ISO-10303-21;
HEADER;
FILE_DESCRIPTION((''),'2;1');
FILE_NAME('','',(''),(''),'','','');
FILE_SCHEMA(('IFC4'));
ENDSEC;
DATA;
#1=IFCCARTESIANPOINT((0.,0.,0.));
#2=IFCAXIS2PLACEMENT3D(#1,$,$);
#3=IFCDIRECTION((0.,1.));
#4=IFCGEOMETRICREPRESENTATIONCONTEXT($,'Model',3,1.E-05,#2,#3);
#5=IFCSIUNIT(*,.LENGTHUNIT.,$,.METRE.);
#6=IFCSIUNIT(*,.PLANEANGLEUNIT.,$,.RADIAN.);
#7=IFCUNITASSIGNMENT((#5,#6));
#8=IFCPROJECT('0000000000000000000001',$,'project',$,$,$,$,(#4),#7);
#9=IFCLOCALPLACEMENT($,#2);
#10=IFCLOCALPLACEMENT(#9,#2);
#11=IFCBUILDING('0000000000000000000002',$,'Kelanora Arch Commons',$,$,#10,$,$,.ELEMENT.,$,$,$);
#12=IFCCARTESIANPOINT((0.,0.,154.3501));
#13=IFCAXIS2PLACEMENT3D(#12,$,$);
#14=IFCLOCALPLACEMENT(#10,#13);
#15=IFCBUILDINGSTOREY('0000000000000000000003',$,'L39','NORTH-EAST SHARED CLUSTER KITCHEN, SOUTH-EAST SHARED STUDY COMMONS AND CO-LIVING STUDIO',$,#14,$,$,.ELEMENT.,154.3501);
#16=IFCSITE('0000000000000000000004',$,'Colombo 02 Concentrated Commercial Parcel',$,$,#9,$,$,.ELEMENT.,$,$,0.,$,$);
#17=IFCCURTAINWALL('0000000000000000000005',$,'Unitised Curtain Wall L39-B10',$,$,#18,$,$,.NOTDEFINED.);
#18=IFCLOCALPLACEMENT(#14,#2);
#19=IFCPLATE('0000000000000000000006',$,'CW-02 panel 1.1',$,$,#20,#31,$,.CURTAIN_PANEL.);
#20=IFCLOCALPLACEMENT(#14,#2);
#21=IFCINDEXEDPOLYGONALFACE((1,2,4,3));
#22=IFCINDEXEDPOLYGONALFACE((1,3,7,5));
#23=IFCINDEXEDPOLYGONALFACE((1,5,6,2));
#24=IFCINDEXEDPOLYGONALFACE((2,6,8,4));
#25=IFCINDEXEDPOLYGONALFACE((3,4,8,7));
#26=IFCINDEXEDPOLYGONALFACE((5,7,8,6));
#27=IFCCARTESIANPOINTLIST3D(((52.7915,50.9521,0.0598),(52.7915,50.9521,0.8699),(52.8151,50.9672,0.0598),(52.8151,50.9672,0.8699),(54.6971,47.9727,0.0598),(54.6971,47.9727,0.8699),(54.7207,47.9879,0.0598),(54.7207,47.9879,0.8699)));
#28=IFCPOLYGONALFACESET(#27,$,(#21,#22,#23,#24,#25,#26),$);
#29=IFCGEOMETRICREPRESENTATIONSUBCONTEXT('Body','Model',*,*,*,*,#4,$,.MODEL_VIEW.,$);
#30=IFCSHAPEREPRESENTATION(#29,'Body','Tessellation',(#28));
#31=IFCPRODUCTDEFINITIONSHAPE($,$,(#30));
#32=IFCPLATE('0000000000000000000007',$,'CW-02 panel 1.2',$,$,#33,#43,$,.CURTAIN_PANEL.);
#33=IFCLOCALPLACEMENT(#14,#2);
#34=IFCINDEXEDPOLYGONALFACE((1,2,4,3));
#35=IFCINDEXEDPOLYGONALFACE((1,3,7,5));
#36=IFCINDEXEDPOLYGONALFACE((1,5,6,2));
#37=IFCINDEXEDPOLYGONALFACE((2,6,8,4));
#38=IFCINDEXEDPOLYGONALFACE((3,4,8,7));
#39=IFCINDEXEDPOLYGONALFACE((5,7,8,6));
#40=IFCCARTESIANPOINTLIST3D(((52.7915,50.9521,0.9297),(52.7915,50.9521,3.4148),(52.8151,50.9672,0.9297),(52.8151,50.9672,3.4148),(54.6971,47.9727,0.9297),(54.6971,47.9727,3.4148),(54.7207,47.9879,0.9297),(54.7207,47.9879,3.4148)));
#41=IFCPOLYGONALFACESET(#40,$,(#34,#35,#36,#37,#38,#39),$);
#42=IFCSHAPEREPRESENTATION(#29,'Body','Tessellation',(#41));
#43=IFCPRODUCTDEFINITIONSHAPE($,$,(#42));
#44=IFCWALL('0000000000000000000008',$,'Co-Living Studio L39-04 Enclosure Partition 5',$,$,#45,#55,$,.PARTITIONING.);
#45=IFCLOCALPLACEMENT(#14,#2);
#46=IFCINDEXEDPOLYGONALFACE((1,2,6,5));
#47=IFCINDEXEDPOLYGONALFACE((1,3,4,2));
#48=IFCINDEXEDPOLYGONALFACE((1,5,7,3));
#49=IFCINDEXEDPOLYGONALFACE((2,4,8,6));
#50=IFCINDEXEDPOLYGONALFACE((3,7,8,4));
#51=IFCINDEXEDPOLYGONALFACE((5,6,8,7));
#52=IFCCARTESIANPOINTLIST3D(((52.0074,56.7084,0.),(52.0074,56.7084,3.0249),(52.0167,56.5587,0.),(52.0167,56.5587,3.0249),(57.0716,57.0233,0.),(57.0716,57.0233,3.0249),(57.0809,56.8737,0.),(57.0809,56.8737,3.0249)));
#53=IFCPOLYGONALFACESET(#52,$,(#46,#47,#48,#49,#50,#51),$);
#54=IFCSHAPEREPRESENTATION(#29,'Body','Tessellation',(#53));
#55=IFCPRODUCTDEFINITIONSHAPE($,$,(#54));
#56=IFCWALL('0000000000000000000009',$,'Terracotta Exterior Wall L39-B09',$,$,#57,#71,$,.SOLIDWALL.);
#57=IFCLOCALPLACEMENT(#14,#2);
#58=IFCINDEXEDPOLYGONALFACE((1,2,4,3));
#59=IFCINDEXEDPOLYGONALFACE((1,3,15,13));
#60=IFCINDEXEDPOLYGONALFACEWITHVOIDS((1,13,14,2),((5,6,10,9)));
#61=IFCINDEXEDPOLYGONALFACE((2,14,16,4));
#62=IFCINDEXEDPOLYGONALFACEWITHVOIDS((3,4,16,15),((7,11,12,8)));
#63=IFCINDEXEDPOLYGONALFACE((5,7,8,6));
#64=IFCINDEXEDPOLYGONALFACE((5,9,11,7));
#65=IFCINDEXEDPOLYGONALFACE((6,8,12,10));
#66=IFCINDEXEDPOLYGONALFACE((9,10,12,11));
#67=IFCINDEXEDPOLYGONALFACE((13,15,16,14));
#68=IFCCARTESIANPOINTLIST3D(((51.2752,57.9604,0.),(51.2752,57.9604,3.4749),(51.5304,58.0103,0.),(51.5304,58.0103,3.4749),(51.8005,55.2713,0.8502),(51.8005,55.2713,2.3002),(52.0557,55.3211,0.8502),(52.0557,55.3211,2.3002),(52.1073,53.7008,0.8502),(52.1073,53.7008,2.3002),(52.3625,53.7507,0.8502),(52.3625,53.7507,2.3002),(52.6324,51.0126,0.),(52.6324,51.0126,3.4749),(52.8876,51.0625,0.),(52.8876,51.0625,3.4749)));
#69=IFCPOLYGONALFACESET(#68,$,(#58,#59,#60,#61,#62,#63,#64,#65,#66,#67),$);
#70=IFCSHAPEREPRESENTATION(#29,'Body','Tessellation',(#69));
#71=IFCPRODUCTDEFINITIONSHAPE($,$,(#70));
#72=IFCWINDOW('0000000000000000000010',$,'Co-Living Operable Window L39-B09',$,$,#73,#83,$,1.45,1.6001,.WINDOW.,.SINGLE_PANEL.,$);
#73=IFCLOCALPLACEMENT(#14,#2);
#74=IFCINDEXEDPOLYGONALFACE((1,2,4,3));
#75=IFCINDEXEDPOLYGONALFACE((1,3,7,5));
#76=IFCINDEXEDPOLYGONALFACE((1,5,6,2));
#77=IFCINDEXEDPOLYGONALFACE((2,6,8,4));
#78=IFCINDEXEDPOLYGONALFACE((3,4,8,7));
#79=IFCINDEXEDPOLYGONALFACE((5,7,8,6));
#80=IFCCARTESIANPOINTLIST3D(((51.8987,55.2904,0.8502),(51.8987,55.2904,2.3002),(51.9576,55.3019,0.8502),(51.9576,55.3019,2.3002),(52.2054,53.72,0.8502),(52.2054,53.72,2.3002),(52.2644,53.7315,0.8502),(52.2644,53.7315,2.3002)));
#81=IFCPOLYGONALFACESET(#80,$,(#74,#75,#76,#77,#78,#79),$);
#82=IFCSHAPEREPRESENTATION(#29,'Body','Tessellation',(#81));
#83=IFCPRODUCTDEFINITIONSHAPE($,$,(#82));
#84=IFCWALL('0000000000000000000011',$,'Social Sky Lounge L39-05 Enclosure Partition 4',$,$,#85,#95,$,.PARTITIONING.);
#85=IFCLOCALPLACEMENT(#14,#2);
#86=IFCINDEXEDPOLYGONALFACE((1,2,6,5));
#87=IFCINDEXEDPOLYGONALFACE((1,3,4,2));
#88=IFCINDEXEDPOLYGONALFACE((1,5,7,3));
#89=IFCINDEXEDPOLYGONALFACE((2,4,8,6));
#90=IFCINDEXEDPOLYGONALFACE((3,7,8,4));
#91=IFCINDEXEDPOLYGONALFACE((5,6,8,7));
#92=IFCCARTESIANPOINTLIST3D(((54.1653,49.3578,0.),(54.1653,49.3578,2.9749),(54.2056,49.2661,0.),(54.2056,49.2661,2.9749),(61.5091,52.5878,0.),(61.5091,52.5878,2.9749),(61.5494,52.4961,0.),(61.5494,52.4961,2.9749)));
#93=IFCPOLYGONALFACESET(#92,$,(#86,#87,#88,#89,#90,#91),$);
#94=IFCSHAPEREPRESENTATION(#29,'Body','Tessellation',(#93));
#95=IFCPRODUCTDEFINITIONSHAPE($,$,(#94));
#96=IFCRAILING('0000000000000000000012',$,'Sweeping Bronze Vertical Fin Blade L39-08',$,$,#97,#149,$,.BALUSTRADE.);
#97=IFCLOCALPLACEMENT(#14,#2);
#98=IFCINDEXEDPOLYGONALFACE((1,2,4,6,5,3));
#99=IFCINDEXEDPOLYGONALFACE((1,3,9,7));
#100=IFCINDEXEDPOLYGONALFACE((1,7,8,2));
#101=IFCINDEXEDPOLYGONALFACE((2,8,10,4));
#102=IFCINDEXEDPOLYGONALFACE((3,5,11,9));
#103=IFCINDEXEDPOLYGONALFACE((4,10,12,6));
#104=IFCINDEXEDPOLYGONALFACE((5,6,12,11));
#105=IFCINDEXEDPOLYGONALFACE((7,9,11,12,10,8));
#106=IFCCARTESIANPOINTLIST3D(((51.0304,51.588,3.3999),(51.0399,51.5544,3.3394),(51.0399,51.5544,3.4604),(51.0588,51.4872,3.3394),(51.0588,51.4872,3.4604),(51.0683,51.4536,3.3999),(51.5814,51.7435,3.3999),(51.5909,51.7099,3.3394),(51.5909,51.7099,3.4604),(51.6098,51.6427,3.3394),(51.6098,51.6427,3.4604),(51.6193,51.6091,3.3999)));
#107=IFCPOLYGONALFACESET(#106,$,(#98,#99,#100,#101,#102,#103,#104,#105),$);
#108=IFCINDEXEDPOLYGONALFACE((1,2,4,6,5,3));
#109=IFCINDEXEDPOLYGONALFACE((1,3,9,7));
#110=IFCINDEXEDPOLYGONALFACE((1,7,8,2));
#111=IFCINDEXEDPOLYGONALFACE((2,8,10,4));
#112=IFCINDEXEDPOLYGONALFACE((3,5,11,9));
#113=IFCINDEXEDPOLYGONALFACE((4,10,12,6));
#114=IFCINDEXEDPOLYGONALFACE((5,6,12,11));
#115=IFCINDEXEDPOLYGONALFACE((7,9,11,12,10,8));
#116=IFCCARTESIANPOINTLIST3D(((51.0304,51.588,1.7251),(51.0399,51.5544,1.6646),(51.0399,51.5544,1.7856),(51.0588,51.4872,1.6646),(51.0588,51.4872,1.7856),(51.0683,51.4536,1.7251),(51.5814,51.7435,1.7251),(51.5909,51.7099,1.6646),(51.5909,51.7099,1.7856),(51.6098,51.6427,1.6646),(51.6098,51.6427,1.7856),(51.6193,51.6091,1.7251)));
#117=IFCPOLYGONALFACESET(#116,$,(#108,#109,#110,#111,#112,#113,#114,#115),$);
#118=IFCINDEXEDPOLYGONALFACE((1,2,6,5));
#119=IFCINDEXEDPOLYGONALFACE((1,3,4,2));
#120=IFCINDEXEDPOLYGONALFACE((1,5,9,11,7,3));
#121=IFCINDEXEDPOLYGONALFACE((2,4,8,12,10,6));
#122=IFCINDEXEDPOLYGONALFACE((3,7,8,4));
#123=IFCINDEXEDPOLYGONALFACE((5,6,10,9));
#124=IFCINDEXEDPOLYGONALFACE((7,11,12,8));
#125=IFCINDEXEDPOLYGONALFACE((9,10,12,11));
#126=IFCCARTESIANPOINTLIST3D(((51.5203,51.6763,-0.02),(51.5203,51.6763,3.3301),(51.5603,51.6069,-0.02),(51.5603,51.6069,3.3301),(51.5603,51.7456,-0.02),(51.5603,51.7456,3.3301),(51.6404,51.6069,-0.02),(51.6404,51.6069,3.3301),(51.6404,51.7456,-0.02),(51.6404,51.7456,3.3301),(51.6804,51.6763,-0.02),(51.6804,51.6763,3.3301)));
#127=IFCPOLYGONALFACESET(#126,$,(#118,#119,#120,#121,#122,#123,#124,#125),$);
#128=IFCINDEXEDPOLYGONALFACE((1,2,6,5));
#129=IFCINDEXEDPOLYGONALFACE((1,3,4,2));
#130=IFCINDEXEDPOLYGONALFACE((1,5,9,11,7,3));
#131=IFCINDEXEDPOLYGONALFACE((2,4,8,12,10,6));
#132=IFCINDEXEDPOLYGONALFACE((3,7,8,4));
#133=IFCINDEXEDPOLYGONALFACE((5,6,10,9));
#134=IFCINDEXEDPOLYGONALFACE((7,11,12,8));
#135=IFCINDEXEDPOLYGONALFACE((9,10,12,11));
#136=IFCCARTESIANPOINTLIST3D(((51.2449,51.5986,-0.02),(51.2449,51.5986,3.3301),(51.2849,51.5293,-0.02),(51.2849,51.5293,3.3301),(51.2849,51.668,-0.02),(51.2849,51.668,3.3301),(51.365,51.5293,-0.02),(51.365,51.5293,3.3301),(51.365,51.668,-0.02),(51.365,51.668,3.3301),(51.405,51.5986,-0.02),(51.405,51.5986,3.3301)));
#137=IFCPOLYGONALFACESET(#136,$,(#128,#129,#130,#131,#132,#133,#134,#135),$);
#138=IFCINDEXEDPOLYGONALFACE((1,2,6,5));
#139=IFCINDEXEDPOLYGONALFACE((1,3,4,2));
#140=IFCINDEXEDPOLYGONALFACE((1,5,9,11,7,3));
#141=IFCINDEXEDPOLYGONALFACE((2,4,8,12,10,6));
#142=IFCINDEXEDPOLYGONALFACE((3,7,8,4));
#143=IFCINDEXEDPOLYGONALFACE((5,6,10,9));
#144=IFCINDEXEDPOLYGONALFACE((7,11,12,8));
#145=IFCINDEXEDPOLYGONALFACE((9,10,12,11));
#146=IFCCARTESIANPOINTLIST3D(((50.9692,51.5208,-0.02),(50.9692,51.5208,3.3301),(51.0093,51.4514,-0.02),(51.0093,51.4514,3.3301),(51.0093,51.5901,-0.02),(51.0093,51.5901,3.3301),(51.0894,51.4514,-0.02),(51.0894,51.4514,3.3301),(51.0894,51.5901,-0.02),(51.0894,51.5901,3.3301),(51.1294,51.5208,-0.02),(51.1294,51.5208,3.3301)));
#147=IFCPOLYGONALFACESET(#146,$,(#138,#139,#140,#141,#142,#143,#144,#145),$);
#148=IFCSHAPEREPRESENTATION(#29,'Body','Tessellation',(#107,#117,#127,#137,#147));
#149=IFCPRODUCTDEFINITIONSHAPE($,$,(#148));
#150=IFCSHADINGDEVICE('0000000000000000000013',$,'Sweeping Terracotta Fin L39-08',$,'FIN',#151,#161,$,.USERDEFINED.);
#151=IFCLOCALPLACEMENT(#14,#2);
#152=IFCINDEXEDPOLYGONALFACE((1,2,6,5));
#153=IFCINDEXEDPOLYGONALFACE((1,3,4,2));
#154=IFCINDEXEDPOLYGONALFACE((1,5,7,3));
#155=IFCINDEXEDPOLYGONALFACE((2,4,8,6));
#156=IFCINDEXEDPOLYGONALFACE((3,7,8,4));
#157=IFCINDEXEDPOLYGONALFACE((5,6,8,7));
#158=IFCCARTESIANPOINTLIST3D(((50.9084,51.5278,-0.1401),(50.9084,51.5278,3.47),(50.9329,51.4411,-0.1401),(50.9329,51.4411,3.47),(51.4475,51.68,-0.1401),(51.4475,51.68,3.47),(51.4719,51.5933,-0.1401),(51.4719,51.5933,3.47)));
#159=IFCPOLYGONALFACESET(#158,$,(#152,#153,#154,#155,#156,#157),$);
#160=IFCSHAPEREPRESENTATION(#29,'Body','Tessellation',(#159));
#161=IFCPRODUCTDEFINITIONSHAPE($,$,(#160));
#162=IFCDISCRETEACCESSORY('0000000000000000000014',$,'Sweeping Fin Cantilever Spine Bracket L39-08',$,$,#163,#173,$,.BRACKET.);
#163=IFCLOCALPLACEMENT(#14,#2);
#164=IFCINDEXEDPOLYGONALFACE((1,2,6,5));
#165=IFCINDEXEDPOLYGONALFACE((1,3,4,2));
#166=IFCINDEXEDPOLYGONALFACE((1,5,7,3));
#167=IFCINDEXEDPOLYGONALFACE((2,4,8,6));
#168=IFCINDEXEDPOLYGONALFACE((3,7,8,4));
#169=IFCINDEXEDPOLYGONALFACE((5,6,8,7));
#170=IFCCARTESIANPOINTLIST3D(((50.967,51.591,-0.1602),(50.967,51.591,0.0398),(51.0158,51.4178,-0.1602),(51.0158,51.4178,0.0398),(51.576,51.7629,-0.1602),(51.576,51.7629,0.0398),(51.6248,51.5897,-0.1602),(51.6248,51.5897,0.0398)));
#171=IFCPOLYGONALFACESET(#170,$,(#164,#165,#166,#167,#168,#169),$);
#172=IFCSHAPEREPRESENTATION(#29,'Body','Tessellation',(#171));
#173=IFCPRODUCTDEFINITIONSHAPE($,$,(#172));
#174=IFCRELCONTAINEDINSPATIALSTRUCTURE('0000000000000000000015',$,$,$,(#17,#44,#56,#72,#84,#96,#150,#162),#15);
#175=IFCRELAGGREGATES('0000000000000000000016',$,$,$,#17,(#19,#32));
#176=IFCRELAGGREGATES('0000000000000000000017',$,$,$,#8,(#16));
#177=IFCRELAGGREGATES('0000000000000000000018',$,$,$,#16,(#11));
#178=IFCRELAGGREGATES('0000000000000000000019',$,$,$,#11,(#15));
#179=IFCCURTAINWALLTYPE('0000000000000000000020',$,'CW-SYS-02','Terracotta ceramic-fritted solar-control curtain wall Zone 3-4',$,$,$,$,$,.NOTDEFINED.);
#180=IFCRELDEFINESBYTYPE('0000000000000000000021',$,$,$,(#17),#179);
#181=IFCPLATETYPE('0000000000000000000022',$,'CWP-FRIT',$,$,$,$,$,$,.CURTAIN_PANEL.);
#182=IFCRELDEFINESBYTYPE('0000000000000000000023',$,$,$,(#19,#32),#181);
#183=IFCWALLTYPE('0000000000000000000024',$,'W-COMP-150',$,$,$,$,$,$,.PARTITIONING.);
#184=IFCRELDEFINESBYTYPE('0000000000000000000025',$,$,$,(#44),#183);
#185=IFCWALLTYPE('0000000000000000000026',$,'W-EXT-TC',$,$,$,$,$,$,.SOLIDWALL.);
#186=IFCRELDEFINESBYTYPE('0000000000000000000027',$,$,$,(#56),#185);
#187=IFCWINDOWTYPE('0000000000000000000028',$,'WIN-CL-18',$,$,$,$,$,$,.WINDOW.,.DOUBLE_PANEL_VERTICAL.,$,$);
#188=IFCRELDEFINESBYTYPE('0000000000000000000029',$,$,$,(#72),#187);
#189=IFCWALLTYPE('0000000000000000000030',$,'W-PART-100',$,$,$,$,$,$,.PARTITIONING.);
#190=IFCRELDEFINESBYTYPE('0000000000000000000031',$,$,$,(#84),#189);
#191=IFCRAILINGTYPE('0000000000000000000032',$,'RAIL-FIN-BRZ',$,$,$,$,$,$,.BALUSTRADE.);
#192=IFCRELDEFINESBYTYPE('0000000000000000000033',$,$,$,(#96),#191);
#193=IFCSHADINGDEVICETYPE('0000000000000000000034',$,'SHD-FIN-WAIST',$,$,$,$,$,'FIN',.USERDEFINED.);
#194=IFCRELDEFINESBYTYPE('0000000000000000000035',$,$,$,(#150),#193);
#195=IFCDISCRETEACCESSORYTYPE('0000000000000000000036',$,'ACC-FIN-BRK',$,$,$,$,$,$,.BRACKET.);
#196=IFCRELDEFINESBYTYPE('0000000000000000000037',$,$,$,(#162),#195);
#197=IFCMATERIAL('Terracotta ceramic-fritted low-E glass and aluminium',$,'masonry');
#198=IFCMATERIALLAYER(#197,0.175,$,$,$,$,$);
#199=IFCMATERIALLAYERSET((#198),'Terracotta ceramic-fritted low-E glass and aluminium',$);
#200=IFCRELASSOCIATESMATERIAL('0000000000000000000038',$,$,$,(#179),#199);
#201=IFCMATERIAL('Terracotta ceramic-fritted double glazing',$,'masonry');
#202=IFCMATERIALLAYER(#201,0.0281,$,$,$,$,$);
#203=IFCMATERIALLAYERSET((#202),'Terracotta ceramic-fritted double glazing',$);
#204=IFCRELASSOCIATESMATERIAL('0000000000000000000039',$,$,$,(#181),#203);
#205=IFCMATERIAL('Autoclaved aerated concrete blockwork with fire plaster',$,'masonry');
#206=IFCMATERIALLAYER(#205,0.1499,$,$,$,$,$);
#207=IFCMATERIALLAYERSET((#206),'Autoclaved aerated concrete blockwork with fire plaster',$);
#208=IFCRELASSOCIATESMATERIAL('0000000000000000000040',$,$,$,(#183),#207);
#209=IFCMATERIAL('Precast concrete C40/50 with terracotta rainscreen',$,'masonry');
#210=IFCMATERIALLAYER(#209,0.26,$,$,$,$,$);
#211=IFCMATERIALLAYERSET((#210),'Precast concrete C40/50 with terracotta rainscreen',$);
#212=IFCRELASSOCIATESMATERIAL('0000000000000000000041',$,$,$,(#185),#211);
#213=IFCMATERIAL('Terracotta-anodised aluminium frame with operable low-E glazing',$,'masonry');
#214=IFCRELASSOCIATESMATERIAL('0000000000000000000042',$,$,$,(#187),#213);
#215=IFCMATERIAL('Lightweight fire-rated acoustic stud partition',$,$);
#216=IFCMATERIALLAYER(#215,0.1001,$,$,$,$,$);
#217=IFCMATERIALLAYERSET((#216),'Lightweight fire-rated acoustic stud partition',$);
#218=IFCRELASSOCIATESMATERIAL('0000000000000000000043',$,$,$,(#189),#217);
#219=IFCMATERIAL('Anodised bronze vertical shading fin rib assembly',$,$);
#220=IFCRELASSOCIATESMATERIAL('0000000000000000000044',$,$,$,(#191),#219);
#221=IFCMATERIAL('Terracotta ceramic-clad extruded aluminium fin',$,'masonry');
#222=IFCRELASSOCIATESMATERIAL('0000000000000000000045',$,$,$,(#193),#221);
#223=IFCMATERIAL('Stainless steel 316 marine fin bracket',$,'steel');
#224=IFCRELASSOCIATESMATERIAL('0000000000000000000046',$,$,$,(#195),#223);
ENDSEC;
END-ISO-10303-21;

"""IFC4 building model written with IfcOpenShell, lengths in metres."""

from ifc_helpers import new_model, si_unit, direction, frame, frame_2d, origin, origin_2d, place, context, subcontext, project, spatial, polyline, rectangle, outline, extrude, source, transform, mapped, material, layer, layer_set, type_object, element, fill, aggregate, save


model = new_model("IFC4")

# Units and contexts
model_context = context("Model", 3, precision=1e-05, world=origin(), true_north=direction((0.0, 1.0)))
body_context = subcontext(model_context, "Body", "Model", "MODEL_VIEW")
ifc_project = project(units=[si_unit("LENGTHUNIT", "METRE"), si_unit("PLANEANGLEUNIT", "RADIAN")], contexts=[model_context])

# Site, building, storey
site_placement = place(None, origin())
site = spatial("IfcSite", under=ifc_project, at=site_placement, Name="Colombo 02 Concentrated Commercial Parcel", CompositionType="ELEMENT", RefElevation=0.0)
building_placement = place(site_placement, origin())
building = spatial("IfcBuilding", under=site, at=building_placement, Name="Kelanora Arch Commons", CompositionType="ELEMENT")
storey_placement = place(building_placement, frame((0.0, 0.0, 154.3501)))
storey = spatial("IfcBuildingStorey", under=building, at=storey_placement, Name="L39", Description="NORTH-EAST SHARED CLUSTER KITCHEN, SOUTH-EAST SHARED STUDY COMMONS AND CO-LIVING STUDIO", CompositionType="ELEMENT", Elevation=154.3501)

# Curtain wall
ifc_material_1 = material(Name="Terracotta ceramic-fritted low-E glass and aluminium", Category="masonry")
ifc_layer_1 = layer(ifc_material_1, 0.175)
ifc_layer_set_1 = layer_set([ifc_layer_1], Name="Terracotta ceramic-fritted low-E glass and aluminium")
curtain_wall_type = type_object("IfcCurtainWallType", Name="CW-SYS-02", Description="Terracotta ceramic-fritted solar-control curtain wall Zone 3-4", PredefinedType="NOTDEFINED", material=ifc_layer_set_1)
curtain_wall_placement = place(storey_placement, origin())
curtain_wall = element("IfcCurtainWall", 1, at=curtain_wall_placement, inside=storey, type_object=curtain_wall_type, Name="Unitised Curtain Wall L39-B10", PredefinedType="NOTDEFINED")

# Plates
ifc_material_2 = material(Name="Terracotta ceramic-fritted double glazing", Category="masonry")
ifc_layer_2 = layer(ifc_material_2, 0.0281)
ifc_layer_set_2 = layer_set([ifc_layer_2], Name="Terracotta ceramic-fritted double glazing")
plate_type = type_object("IfcPlateType", Name="CWP-FRIT", PredefinedType="CURTAIN_PANEL", material=ifc_layer_set_2)
shared_shape_1 = source(origin(), body_context, "Body", "SweptSolid", [
    extrude(rectangle(XDim=3.5366, YDim=0.0281, at=origin_2d()), origin(), (0.0, 0.0, 1.0), 0.8101),
])
plate_1_placement = place(storey_placement, frame((53.7561, 49.47, 0.0598), z_axis=(0.0, 0.0, 1.0), x_axis=(0.538817, -0.842423, 0.0)))
plate_1 = element("IfcPlate", 2, at=plate_1_placement, type_object=plate_type, Name="CW-02 panel 1.1", PredefinedType="CURTAIN_PANEL", context=body_context, shape_type="MappedRepresentation", body=[
    mapped(shared_shape_1, transform((0.0, 0.0, 0.0), scale=1.0)),
])
shared_shape_2 = source(origin(), body_context, "Body", "SweptSolid", [
    extrude(rectangle(XDim=3.5366, YDim=0.0281, at=origin_2d()), origin(), (0.0, 0.0, 1.0), 2.4851),
])
plate_2_placement = place(storey_placement, frame((53.7561, 49.47, 0.9297), z_axis=(0.0, 0.0, 1.0), x_axis=(0.538817, -0.842423, 0.0)))
plate_2 = element("IfcPlate", 3, at=plate_2_placement, type_object=plate_type, Name="CW-02 panel 1.2", PredefinedType="CURTAIN_PANEL", context=body_context, shape_type="MappedRepresentation", body=[
    mapped(shared_shape_2, transform((0.0, 0.0, 0.0), scale=1.0)),
])
aggregate(curtain_wall, [plate_1, plate_2])

# Wall
ifc_material_3 = material(Name="Autoclaved aerated concrete blockwork with fire plaster", Category="masonry")
ifc_layer_3 = layer(ifc_material_3, 0.1499)
ifc_layer_set_3 = layer_set([ifc_layer_3], Name="Autoclaved aerated concrete blockwork with fire plaster")
wall_type_1 = type_object("IfcWallType", Name="W-COMP-150", PredefinedType="PARTITIONING", material=ifc_layer_set_3)
wall_1_placement = place(storey_placement, frame((52.012, 56.6335, 0.0), z_axis=(0.0, 0.0, 1.0), x_axis=(0.998072, 0.06207, 0.0)))
element("IfcWall", 4, at=wall_1_placement, inside=storey, type_object=wall_type_1, Name="Co-Living Studio L39-04 Enclosure Partition 5", PredefinedType="PARTITIONING", context=body_context, shape_type="SweptSolid", body=[
    extrude(rectangle(XDim=5.074, YDim=0.1499, at=frame_2d((2.5371, 0.0))), origin(), (0.0, 0.0, 1.0), 3.0249),
])

# Wall, opening, window
ifc_material_4 = material(Name="Precast concrete C40/50 with terracotta rainscreen", Category="masonry")
ifc_layer_4 = layer(ifc_material_4, 0.26)
ifc_layer_set_4 = layer_set([ifc_layer_4], Name="Precast concrete C40/50 with terracotta rainscreen")
wall_type_2 = type_object("IfcWallType", Name="W-EXT-TC", PredefinedType="SOLIDWALL", material=ifc_layer_set_4)
wall_2_placement = place(storey_placement, frame((51.4028, 57.9854, 0.0), z_axis=(0.0, 0.0, 1.0), x_axis=(0.191717, -0.98145, 0.0)))
wall_2 = element("IfcWall", 5, at=wall_2_placement, inside=storey, type_object=wall_type_2, Name="Terracotta Exterior Wall L39-B09", PredefinedType="SOLIDWALL", context=body_context, shape_type="SweptSolid", body=[
    extrude(rectangle(XDim=7.0791, YDim=0.26, at=frame_2d((3.5396, 0.0))), origin(), (0.0, 0.0, 1.0), 3.4749),
])
opening_placement = place(wall_2_placement, frame((2.74, 0.0, 0.8501)))
opening = element("IfcOpeningElement", 6, at=opening_placement, cuts=wall_2, PredefinedType="OPENING", context=body_context, shape_type="SweptSolid", body=[
    extrude(rectangle(XDim=1.6001, YDim=1.45, at=frame_2d((0.8, 0.7251))), frame((0.0, 0.1401, 0.0), z_axis=(0.0, -1.0, 0.0), x_axis=(1.0, 0.0, 0.0)), (0.0, 0.0, 1.0), 0.28),
])
ifc_material_5 = material(Name="Terracotta-anodised aluminium frame with operable low-E glazing", Category="masonry")
window_type = type_object("IfcWindowType", Name="WIN-CL-18", PartitioningType="DOUBLE_PANEL_VERTICAL", PredefinedType="WINDOW", material=ifc_material_5)
window_placement = place(opening_placement, origin())
window = element("IfcWindow", 7, at=window_placement, inside=storey, type_object=window_type, Name="Co-Living Operable Window L39-B09", OverallHeight=1.45, OverallWidth=1.6001, PartitioningType="SINGLE_PANEL", PredefinedType="WINDOW", context=body_context, shape_type="SweptSolid", body=[
    extrude(rectangle(XDim=1.6001, YDim=1.45, at=frame_2d((0.8, 0.7251))), frame((0.0, 0.03, 0.0), z_axis=(0.0, -1.0, 0.0), x_axis=(1.0, 0.0, 0.0)), (0.0, 0.0, 1.0), 0.0601),
])
fill(opening, window)

# Wall
ifc_material_6 = material(Name="Lightweight fire-rated acoustic stud partition")
ifc_layer_5 = layer(ifc_material_6, 0.1001)
ifc_layer_set_5 = layer_set([ifc_layer_5], Name="Lightweight fire-rated acoustic stud partition")
wall_type_3 = type_object("IfcWallType", Name="W-PART-100", PredefinedType="PARTITIONING", material=ifc_layer_set_5)
wall_3_placement = place(storey_placement, frame((54.1855, 49.312, 0.0), z_axis=(0.0, 0.0, 1.0), x_axis=(0.915373, 0.402606, 0.0)))
element("IfcWall", 8, at=wall_3_placement, inside=storey, type_object=wall_type_3, Name="Social Sky Lounge L39-05 Enclosure Partition 4", PredefinedType="PARTITIONING", context=body_context, shape_type="SweptSolid", body=[
    extrude(rectangle(XDim=8.0227, YDim=0.1001, at=frame_2d((4.0112, 0.0))), origin(), (0.0, 0.0, 1.0), 2.9749),
])

# Railing
ifc_material_7 = material(Name="Anodised bronze vertical shading fin rib assembly")
railing_type = type_object("IfcRailingType", Name="RAIL-FIN-BRZ", PredefinedType="BALUSTRADE", material=ifc_material_7)
railing_placement = place(storey_placement, frame((51.6003, 51.6763, -0.02)))
element("IfcRailing", 9, at=railing_placement, inside=storey, type_object=railing_type, Name="Sweeping Bronze Vertical Fin Blade L39-08", PredefinedType="BALUSTRADE", context=body_context, shape_type="SweptSolid", body=[
    extrude(outline(polyline([(0.0698, 0.0), (0.0349, 0.0605), (-0.0349, 0.0605), (-0.0698, 0.0), (-0.0349, -0.0605), (0.0349, -0.0605), (0.0698, 0.0)])), frame((0.0, 0.0, 3.4199), z_axis=(-0.962404, -0.271622, 0.0), x_axis=(0.271622, -0.962404, 0.0)), (0.0, 0.0, 1.0), 0.5725),
    extrude(outline(polyline([(0.0698, 0.0), (0.0349, 0.0605), (-0.0349, 0.0605), (-0.0698, 0.0), (-0.0349, -0.0605), (0.0349, -0.0605), (0.0698, 0.0)])), frame((0.0, 0.0, 1.7451), z_axis=(-0.962404, -0.271622, 0.0), x_axis=(0.271622, -0.962404, 0.0)), (0.0, 0.0, 1.0), 0.5725),
    extrude(outline(polyline([(0.0801, 0.0), (0.04, 0.0693), (-0.04, 0.0693), (-0.0801, 0.0), (-0.04, -0.0693), (0.04, -0.0693), (0.0801, 0.0)])), origin(), (0.0, 0.0, 1.0), 3.3501),
    extrude(outline(polyline([(0.0801, 0.0), (0.04, 0.0693), (-0.04, 0.0693), (-0.0801, 0.0), (-0.04, -0.0693), (0.04, -0.0693), (0.0801, 0.0)])), frame((-0.2754, -0.0776, 0.0)), (0.0, 0.0, 1.0), 3.3501),
    extrude(outline(polyline([(0.0801, 0.0), (0.04, 0.0693), (-0.04, 0.0693), (-0.0801, 0.0), (-0.04, -0.0693), (0.04, -0.0693), (0.0801, 0.0)])), frame((-0.551, -0.1555, 0.0)), (0.0, 0.0, 1.0), 3.3501),
])

# Shading device
ifc_material_8 = material(Name="Terracotta ceramic-clad extruded aluminium fin", Category="masonry")
shading_device_type = type_object("IfcShadingDeviceType", Name="SHD-FIN-WAIST", ElementType="FIN", PredefinedType="USERDEFINED", material=ifc_material_8)
shared_shape_3 = source(origin(), body_context, "Body", "SweptSolid", [
    extrude(rectangle(XDim=0.5601, YDim=0.0901, at=origin_2d()), origin(), (0.0, 0.0, 1.0), 3.6101),
])
shading_device_placement = place(storey_placement, frame((51.1902, 51.5605, -0.1401), z_axis=(0.0, 0.0, 1.0), x_axis=(-0.962408, -0.271608, 0.0)))
element("IfcShadingDevice", 10, at=shading_device_placement, inside=storey, type_object=shading_device_type, Name="Sweeping Terracotta Fin L39-08", ObjectType="FIN", PredefinedType="USERDEFINED", context=body_context, shape_type="MappedRepresentation", body=[
    mapped(shared_shape_3, transform((0.0, 0.0, 0.0), scale=1.0)),
])

# Discrete accessory
ifc_material_9 = material(Name="Stainless steel 316 marine fin bracket", Category="steel")
discrete_accessory_type = type_object("IfcDiscreteAccessoryType", Name="ACC-FIN-BRK", PredefinedType="BRACKET", material=ifc_material_9)
shared_shape_4 = source(origin(), body_context, "Body", "SweptSolid", [
    extrude(rectangle(XDim=0.6328, YDim=0.1799, at=origin_2d()), origin(), (0.0, 0.0, 1.0), 0.2),
])
discrete_accessory_placement = place(storey_placement, frame((51.2959, 51.5903, -0.1602), z_axis=(0.0, 0.0, 1.0), x_axis=(-0.962408, -0.271608, 0.0)))
element("IfcDiscreteAccessory", 11, at=discrete_accessory_placement, inside=storey, type_object=discrete_accessory_type, Name="Sweeping Fin Cantilever Spine Bracket L39-08", PredefinedType="BRACKET", context=body_context, shape_type="MappedRepresentation", body=[
    mapped(shared_shape_4, transform((0.0, 0.0, 0.0), scale=1.0)),
])

save(model, "model.ifc")
